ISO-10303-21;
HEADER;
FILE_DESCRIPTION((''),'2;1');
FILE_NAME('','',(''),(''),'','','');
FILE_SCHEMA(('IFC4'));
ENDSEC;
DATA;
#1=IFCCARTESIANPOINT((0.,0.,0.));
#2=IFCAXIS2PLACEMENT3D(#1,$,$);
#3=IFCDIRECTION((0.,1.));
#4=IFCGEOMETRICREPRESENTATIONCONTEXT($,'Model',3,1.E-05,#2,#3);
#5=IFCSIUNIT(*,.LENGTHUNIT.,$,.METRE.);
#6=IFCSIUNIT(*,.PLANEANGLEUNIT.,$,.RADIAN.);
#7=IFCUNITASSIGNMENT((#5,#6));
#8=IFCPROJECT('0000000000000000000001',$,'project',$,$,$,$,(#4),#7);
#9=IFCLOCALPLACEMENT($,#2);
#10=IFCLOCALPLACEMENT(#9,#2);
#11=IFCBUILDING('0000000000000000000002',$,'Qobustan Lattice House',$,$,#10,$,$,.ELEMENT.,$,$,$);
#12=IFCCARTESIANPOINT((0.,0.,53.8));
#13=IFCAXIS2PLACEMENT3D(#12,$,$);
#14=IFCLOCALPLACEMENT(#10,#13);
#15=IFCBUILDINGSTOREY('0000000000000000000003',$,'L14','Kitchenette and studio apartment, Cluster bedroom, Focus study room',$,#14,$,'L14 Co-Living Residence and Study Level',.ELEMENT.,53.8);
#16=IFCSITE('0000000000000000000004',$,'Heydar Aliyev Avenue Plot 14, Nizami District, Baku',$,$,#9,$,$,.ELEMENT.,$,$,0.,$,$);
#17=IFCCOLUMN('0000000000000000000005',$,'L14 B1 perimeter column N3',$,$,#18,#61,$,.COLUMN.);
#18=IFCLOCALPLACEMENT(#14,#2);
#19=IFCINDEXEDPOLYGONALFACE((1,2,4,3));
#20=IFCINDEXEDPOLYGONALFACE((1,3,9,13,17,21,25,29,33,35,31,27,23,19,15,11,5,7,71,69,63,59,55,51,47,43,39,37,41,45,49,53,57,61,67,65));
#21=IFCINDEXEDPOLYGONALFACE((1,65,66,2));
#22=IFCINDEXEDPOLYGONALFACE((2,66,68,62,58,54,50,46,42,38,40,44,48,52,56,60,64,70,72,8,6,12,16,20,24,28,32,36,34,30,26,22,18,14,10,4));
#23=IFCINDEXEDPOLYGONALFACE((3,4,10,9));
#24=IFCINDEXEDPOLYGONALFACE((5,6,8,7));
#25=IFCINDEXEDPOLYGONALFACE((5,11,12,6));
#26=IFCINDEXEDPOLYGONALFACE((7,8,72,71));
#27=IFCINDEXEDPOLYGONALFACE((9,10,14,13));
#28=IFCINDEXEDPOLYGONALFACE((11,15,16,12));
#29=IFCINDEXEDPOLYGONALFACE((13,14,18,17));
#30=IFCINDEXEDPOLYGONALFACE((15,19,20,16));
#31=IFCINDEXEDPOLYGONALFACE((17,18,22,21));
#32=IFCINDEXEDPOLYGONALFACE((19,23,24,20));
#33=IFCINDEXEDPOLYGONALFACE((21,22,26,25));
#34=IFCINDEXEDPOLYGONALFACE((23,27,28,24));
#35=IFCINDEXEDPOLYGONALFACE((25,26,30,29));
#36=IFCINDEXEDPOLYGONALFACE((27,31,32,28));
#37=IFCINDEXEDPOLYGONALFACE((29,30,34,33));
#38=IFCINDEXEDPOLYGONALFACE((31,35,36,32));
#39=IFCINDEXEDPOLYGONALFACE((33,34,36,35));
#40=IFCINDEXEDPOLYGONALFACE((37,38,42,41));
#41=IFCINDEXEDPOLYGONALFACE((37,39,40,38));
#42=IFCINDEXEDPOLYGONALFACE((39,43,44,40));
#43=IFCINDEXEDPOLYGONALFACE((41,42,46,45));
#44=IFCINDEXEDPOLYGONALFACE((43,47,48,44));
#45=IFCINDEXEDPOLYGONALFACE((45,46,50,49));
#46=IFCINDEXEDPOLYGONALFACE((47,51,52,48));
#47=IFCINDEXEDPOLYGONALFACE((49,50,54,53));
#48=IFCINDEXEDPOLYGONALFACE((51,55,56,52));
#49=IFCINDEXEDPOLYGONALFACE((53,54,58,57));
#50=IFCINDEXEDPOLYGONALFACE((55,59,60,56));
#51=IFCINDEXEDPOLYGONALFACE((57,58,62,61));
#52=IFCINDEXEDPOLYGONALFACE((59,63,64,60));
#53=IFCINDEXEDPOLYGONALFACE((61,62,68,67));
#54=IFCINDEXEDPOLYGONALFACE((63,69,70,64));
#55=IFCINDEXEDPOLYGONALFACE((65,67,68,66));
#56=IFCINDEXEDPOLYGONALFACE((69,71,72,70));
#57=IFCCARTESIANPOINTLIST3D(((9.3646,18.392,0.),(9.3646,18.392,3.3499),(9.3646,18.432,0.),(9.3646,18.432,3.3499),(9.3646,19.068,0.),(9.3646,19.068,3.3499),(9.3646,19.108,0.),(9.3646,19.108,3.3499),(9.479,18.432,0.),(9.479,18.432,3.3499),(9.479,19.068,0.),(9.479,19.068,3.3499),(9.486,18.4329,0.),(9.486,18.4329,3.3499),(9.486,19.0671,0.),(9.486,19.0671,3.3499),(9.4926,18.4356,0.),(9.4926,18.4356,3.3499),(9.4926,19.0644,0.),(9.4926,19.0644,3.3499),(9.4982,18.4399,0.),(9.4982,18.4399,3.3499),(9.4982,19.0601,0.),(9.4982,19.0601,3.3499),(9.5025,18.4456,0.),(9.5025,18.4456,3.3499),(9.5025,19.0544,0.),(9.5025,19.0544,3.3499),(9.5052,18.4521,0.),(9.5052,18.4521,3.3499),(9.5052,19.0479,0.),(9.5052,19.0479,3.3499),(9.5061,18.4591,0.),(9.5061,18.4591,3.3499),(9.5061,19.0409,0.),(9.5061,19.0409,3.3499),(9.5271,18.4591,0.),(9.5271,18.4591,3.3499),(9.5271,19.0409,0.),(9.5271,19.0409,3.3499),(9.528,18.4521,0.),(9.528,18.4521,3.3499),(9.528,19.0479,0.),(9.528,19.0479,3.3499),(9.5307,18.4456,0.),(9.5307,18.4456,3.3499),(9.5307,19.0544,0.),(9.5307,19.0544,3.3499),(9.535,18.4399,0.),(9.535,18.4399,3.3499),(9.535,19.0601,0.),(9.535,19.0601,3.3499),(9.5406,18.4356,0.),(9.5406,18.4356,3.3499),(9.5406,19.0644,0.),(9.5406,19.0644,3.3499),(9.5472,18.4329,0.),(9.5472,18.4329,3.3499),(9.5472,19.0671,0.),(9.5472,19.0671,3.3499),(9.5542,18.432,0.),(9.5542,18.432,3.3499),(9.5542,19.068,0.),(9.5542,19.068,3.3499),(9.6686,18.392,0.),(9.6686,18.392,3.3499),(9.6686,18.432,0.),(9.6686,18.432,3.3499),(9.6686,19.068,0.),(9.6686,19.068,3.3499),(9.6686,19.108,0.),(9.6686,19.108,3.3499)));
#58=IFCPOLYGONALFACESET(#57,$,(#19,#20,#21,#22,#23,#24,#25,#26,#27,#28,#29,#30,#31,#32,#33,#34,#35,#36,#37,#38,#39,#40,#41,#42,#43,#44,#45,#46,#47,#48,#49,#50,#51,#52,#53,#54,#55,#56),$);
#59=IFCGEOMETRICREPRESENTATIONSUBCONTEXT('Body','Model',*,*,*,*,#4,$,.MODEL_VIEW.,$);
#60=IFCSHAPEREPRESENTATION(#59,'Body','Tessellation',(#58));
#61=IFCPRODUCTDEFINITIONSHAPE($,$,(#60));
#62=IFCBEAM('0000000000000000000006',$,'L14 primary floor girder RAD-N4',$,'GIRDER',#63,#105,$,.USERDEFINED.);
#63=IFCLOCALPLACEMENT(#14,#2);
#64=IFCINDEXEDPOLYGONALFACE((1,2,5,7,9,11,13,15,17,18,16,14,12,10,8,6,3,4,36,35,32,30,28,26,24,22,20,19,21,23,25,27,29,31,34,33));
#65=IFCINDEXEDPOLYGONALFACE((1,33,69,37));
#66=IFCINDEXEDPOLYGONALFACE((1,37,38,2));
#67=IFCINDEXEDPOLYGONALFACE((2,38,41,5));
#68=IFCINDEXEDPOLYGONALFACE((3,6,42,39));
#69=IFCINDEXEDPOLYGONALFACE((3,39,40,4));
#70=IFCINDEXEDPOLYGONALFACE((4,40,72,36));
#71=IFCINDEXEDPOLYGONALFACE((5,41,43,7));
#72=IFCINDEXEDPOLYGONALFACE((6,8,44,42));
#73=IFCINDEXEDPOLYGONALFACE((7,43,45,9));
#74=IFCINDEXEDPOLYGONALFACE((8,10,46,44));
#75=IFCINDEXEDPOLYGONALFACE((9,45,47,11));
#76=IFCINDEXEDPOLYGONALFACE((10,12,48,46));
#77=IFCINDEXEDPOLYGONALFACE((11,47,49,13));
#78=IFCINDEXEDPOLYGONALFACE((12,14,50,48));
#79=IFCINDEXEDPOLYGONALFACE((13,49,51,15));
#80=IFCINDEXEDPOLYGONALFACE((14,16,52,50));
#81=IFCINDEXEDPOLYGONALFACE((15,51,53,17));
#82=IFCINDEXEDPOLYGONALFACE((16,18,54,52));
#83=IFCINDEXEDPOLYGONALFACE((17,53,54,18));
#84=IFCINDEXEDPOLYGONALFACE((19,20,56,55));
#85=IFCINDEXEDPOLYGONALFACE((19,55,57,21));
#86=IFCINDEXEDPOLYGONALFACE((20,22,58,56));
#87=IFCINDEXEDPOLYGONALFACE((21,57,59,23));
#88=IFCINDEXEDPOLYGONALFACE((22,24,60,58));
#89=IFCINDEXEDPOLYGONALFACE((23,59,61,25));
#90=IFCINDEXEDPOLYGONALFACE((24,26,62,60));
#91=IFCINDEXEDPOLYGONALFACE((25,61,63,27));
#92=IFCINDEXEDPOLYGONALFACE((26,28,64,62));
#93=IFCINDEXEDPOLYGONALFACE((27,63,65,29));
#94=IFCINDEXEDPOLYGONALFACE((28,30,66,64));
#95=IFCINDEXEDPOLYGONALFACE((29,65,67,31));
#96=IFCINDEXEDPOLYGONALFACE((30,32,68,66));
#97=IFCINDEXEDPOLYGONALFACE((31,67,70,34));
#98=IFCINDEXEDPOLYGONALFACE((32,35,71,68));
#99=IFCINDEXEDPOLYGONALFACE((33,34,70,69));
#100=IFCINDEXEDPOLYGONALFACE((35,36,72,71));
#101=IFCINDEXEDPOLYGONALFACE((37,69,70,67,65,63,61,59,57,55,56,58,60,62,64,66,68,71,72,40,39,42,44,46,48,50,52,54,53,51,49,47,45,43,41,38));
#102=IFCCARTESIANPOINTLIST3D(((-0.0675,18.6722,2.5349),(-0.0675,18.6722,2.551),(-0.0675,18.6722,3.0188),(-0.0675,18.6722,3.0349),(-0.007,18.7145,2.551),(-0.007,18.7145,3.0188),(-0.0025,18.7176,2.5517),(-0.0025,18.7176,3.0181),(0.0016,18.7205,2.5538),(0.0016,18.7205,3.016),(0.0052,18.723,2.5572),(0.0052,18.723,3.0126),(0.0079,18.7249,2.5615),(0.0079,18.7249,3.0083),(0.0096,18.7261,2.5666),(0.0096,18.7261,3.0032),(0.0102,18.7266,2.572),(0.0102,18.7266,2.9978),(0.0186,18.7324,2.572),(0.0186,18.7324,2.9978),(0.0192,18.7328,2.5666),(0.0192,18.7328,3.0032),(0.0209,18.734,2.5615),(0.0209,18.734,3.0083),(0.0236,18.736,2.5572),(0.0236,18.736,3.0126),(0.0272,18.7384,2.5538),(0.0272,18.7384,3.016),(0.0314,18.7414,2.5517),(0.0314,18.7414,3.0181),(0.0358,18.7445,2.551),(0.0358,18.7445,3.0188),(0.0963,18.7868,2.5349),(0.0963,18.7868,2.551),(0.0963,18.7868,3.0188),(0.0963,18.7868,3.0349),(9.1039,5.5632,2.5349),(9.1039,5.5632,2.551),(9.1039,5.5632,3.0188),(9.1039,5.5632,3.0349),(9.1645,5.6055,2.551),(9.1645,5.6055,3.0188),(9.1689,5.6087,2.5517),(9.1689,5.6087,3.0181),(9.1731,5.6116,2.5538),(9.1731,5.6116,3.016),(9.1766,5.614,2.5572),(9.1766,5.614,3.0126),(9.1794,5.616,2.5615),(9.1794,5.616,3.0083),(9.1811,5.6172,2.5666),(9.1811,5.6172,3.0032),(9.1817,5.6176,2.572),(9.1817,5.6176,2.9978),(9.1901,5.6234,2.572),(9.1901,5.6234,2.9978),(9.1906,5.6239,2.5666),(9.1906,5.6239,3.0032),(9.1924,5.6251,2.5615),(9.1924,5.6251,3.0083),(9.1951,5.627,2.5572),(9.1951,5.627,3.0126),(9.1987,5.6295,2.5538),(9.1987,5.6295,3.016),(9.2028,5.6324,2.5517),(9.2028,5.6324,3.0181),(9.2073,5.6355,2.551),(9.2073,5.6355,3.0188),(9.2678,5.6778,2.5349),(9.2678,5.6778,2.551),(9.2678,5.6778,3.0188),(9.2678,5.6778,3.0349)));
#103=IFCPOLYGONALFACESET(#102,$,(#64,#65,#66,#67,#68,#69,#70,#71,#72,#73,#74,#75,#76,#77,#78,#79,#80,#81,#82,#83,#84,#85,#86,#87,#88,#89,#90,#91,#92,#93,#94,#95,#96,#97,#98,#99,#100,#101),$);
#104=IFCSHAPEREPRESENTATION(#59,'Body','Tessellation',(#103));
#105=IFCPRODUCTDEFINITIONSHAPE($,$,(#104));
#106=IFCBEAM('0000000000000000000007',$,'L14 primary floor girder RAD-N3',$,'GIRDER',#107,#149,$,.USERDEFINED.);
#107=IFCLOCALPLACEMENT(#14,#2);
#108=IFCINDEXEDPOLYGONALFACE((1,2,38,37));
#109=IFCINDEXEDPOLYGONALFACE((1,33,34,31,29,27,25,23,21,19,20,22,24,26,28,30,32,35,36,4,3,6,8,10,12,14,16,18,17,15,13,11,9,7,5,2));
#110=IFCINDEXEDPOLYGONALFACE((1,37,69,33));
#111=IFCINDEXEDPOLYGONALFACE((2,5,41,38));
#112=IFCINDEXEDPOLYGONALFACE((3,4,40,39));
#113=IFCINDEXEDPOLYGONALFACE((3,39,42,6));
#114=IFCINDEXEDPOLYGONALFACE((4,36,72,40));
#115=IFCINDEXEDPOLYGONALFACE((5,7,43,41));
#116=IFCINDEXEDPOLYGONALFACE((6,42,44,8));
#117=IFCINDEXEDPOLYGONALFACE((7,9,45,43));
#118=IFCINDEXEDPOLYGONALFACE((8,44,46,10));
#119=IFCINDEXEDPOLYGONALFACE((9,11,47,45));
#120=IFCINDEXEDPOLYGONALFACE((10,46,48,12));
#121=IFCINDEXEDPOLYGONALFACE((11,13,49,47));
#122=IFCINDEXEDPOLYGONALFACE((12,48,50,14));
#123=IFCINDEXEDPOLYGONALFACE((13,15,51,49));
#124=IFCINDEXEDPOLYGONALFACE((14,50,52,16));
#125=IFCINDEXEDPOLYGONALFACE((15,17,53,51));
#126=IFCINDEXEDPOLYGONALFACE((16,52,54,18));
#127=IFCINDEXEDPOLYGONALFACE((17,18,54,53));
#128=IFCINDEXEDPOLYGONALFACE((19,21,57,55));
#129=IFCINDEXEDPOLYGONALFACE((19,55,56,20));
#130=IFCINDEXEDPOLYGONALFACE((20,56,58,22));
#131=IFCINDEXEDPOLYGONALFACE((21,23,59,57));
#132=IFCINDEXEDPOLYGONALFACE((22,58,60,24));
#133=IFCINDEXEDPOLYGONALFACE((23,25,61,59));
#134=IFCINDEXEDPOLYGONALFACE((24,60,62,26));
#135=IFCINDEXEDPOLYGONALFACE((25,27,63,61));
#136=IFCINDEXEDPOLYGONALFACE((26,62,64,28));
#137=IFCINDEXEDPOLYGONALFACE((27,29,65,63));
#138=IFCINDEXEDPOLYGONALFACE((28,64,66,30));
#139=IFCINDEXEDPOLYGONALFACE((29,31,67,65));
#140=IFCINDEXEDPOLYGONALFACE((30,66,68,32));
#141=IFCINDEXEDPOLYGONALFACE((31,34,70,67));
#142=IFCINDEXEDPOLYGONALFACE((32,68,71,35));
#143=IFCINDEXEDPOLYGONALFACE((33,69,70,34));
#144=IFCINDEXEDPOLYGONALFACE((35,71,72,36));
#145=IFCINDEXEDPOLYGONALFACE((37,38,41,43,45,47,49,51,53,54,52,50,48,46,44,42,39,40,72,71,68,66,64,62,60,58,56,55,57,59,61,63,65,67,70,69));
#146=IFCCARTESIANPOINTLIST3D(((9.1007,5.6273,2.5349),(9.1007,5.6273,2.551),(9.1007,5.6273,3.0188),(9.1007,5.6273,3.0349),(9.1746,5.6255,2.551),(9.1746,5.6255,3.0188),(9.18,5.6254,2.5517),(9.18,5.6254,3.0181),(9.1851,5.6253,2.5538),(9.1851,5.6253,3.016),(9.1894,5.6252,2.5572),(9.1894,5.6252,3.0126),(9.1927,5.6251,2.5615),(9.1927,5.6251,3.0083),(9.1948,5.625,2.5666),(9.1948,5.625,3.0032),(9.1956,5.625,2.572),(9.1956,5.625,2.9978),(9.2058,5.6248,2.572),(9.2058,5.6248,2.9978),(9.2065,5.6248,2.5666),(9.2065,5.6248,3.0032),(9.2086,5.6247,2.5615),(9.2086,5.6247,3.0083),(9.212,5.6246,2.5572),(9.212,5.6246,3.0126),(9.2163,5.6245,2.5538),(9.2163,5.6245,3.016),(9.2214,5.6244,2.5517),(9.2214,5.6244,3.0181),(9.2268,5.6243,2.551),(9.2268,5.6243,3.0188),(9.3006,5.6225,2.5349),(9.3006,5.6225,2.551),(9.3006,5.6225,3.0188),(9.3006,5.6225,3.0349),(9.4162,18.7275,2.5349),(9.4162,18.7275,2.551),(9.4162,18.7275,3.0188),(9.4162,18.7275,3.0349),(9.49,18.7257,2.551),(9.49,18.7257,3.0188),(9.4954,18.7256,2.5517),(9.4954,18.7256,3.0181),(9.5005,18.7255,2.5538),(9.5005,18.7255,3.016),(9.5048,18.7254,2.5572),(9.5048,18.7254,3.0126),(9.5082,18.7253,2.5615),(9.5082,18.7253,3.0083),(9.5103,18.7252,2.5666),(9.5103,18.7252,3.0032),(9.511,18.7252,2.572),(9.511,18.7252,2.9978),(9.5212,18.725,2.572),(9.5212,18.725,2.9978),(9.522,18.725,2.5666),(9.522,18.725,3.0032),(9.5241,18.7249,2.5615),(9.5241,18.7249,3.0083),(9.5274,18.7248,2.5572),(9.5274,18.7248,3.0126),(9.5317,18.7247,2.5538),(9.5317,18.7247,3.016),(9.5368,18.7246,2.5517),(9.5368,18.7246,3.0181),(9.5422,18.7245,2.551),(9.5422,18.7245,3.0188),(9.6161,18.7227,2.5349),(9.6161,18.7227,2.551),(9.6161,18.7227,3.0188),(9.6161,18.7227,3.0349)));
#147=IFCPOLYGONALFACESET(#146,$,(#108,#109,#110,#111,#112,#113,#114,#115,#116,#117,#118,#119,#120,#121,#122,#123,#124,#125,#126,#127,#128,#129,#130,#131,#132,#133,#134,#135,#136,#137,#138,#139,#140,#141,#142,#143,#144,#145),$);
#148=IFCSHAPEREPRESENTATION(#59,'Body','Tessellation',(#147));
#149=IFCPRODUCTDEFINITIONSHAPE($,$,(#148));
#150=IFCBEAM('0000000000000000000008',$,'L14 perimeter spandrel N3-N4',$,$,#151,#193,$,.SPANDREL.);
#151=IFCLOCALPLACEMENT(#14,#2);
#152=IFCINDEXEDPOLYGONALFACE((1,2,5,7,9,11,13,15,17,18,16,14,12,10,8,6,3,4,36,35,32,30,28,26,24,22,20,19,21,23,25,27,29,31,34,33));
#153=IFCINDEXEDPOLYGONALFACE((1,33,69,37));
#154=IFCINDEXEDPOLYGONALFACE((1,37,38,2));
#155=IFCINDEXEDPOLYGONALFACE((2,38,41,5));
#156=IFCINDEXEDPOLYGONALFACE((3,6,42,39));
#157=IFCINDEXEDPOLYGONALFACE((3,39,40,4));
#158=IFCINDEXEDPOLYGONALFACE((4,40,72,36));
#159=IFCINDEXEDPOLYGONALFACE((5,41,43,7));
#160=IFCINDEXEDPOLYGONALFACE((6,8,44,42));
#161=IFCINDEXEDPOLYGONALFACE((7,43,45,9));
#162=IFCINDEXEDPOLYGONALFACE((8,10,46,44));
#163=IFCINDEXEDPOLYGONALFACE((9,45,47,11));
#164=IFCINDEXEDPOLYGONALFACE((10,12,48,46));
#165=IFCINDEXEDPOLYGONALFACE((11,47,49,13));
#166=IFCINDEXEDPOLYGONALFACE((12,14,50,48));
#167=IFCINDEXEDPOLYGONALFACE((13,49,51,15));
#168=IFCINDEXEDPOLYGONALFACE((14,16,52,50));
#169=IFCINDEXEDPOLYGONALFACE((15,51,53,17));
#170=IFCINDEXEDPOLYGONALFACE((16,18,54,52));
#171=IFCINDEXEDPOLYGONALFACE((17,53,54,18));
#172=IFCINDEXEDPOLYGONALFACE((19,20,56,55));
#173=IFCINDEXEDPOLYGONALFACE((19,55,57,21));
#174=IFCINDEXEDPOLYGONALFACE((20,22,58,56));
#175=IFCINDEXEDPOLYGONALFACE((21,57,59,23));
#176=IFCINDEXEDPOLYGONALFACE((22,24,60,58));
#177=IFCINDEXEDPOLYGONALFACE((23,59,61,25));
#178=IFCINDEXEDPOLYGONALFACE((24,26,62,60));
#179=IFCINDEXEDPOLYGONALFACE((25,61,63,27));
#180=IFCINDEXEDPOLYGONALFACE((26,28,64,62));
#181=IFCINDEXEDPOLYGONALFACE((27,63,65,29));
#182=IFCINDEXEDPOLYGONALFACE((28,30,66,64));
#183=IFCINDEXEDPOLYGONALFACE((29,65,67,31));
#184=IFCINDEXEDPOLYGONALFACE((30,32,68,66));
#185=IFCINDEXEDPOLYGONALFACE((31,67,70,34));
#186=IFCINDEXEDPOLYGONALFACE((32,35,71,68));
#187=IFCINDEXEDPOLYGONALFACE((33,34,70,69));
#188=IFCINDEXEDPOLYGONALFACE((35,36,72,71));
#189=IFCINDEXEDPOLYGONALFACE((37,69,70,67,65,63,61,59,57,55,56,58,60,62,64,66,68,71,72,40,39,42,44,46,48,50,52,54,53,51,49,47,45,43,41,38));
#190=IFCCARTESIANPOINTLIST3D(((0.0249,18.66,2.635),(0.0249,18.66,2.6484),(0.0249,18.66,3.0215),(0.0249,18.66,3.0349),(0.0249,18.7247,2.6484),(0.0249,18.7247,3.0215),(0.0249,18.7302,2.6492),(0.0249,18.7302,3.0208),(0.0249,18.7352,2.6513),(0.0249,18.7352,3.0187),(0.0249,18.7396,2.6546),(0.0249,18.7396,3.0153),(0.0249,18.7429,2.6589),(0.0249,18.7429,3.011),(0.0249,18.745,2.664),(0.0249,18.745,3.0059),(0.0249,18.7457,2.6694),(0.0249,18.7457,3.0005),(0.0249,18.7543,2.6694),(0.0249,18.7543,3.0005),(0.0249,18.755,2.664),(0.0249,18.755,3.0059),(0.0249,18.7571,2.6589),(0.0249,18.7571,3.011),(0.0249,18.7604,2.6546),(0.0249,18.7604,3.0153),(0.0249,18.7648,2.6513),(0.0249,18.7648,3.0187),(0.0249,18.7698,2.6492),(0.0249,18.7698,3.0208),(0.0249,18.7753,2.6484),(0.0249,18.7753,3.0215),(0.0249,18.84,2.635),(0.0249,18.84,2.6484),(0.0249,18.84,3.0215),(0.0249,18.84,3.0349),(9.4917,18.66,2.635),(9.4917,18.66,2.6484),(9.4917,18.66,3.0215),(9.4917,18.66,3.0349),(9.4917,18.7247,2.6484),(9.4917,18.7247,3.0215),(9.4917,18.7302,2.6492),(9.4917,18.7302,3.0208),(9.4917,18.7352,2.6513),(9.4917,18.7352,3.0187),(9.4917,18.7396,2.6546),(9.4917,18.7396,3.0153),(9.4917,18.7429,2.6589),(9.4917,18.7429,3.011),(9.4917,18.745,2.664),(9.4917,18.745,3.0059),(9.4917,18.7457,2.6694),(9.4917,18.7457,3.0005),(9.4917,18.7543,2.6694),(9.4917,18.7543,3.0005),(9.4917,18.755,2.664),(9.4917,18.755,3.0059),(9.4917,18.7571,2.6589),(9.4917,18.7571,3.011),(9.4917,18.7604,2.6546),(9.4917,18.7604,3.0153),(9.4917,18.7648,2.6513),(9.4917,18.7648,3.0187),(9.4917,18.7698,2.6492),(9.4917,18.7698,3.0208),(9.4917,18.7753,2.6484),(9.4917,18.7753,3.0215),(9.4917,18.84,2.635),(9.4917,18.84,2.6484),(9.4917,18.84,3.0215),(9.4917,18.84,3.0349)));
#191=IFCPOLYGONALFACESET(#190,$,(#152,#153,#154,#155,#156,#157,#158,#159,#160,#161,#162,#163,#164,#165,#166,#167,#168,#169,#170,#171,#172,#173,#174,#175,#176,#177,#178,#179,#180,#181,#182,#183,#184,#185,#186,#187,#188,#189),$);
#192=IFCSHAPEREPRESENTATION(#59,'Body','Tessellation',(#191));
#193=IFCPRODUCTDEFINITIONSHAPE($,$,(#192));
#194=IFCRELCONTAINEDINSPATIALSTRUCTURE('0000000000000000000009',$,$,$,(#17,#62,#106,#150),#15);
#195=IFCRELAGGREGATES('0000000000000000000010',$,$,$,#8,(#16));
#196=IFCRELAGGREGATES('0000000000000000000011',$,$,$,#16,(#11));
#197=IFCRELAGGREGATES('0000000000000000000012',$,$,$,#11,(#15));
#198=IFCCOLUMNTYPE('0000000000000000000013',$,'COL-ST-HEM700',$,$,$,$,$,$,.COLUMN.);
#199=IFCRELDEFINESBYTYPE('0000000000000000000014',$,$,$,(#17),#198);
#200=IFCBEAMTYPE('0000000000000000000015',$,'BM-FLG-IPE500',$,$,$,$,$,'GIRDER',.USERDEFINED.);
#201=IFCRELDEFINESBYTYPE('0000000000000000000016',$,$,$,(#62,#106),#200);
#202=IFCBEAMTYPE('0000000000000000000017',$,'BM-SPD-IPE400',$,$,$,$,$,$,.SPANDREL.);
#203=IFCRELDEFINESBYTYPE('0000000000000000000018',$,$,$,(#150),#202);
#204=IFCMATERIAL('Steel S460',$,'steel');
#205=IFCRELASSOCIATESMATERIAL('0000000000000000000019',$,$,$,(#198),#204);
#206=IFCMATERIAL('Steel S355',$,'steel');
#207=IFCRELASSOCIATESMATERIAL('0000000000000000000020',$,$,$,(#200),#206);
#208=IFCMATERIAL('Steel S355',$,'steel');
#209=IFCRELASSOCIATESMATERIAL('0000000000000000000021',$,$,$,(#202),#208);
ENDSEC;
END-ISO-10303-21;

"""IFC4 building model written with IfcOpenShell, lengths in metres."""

from ifc_helpers import new_model, si_unit, direction, frame, origin, origin_2d, place, context, subcontext, project, spatial, i_section, extrude, material, material_profile, profile_set, type_object, element, save


model = new_model("IFC4")

# Units and contexts
model_context = context("Model", 3, precision=1e-05, world=origin(), true_north=direction((0.0, 1.0)))
body_context = subcontext(model_context, "Body", "Model", "MODEL_VIEW")
ifc_project = project(units=[si_unit("LENGTHUNIT", "METRE"), si_unit("PLANEANGLEUNIT", "RADIAN")], contexts=[model_context])

# Site, building, storey
site_placement = place(None, origin())
site = spatial("IfcSite", under=ifc_project, at=site_placement, Name="Heydar Aliyev Avenue Plot 14, Nizami District, Baku", CompositionType="ELEMENT", RefElevation=0.0)
building_placement = place(site_placement, origin())
building = spatial("IfcBuilding", under=site, at=building_placement, Name="Qobustan Lattice House", CompositionType="ELEMENT")
storey_placement = place(building_placement, frame((0.0, 0.0, 53.8)))
storey = spatial("IfcBuildingStorey", under=building, at=storey_placement, Name="L14", Description="Kitchenette and studio apartment, Cluster bedroom, Focus study room", LongName="L14 Co-Living Residence and Study Level", CompositionType="ELEMENT", Elevation=53.8)

# Column
ifc_material_1 = material(Name="Steel S460", Category="steel")
ifc_material_profile_1 = material_profile(ifc_material_1, i_section(OverallWidth=0.304, OverallDepth=0.7161, WebThickness=0.021, FlangeThickness=0.04, FilletRadius=0.0271, at=origin_2d()), Name="HEM700")
ifc_profile_set_1 = profile_set([ifc_material_profile_1], Name="Steel S460")
column_type = type_object("IfcColumnType", Name="COL-ST-HEM700", PredefinedType="COLUMN", material=ifc_profile_set_1)
column_placement = place(storey_placement, frame((9.5166, 18.75, 0.0), z_axis=(0.0, 0.0, 1.0), x_axis=(1.0, 0.0, 0.0)))
element("IfcColumn", 1, at=column_placement, inside=storey, type_object=column_type, Name="L14 B1 perimeter column N3", PredefinedType="COLUMN", context=body_context, shape_type="SweptSolid", body=[
    extrude(i_section(OverallWidth=0.304, OverallDepth=0.7161, WebThickness=0.021, FlangeThickness=0.04, FilletRadius=0.0271, at=origin_2d()), origin(), (0.0, 0.0, 1.0), 3.3499),
])

# Beams
ifc_material_2 = material(Name="Steel S355", Category="steel")
ifc_material_profile_2 = material_profile(ifc_material_2, i_section(OverallWidth=0.2, OverallDepth=0.5, WebThickness=0.0103, FlangeThickness=0.0161, FilletRadius=0.021, at=origin_2d()), Name="IPE500")
ifc_profile_set_2 = profile_set([ifc_material_profile_2], Name="Steel S355")
beam_type_1 = type_object("IfcBeamType", Name="BM-FLG-IPE500", ElementType="GIRDER", PredefinedType="USERDEFINED", material=ifc_profile_set_2)
beam_1_placement = place(storey_placement, frame((0.0144, 18.7295, 2.7849), z_axis=(0.57326, -0.819374, 0.0), x_axis=(0.819374, 0.57326, 0.0)))
element("IfcBeam", 2, at=beam_1_placement, inside=storey, type_object=beam_type_1, Name="L14 primary floor girder RAD-N4", ObjectType="GIRDER", PredefinedType="USERDEFINED", context=body_context, shape_type="SweptSolid", body=[
    extrude(i_section(OverallWidth=0.2, OverallDepth=0.5, WebThickness=0.0103, FlangeThickness=0.0161, FilletRadius=0.021, at=origin_2d()), origin(), (0.0, 0.0, 1.0), 15.9988),
])
beam_2_placement = place(storey_placement, frame((9.5161, 18.7251, 2.7849), z_axis=(-0.024071, -0.99971, 0.0), x_axis=(0.99971, -0.024071, 0.0)))
element("IfcBeam", 3, at=beam_2_placement, inside=storey, type_object=beam_type_1, Name="L14 primary floor girder RAD-N3", ObjectType="GIRDER", PredefinedType="USERDEFINED", context=body_context, shape_type="SweptSolid", body=[
    extrude(i_section(OverallWidth=0.2, OverallDepth=0.5, WebThickness=0.0103, FlangeThickness=0.0161, FilletRadius=0.021, at=origin_2d()), origin(), (0.0, 0.0, 1.0), 13.104),
])
ifc_material_3 = material(Name="Steel S355", Category="steel")
ifc_material_profile_3 = material_profile(ifc_material_3, i_section(OverallWidth=0.1799, OverallDepth=0.3999, WebThickness=0.0085, FlangeThickness=0.0134, FilletRadius=0.021, at=origin_2d()), Name="IPE400")
ifc_profile_set_3 = profile_set([ifc_material_profile_3], Name="Steel S355")
beam_type_2 = type_object("IfcBeamType", Name="BM-SPD-IPE400", PredefinedType="SPANDREL", material=ifc_profile_set_3)
beam_3_placement = place(storey_placement, frame((9.4917, 18.75, 2.835), z_axis=(-1.0, 0.0, 0.0), x_axis=(0.0, -1.0, 0.0)))
element("IfcBeam", 4, at=beam_3_placement, inside=storey, type_object=beam_type_2, Name="L14 perimeter spandrel N3-N4", PredefinedType="SPANDREL", context=body_context, shape_type="SweptSolid", body=[
    extrude(i_section(OverallWidth=0.1799, OverallDepth=0.3999, WebThickness=0.0085, FlangeThickness=0.0134, FilletRadius=0.021, at=origin_2d()), origin(), (0.0, 0.0, 1.0), 9.4668),
])

save(model, "model.ifc")
